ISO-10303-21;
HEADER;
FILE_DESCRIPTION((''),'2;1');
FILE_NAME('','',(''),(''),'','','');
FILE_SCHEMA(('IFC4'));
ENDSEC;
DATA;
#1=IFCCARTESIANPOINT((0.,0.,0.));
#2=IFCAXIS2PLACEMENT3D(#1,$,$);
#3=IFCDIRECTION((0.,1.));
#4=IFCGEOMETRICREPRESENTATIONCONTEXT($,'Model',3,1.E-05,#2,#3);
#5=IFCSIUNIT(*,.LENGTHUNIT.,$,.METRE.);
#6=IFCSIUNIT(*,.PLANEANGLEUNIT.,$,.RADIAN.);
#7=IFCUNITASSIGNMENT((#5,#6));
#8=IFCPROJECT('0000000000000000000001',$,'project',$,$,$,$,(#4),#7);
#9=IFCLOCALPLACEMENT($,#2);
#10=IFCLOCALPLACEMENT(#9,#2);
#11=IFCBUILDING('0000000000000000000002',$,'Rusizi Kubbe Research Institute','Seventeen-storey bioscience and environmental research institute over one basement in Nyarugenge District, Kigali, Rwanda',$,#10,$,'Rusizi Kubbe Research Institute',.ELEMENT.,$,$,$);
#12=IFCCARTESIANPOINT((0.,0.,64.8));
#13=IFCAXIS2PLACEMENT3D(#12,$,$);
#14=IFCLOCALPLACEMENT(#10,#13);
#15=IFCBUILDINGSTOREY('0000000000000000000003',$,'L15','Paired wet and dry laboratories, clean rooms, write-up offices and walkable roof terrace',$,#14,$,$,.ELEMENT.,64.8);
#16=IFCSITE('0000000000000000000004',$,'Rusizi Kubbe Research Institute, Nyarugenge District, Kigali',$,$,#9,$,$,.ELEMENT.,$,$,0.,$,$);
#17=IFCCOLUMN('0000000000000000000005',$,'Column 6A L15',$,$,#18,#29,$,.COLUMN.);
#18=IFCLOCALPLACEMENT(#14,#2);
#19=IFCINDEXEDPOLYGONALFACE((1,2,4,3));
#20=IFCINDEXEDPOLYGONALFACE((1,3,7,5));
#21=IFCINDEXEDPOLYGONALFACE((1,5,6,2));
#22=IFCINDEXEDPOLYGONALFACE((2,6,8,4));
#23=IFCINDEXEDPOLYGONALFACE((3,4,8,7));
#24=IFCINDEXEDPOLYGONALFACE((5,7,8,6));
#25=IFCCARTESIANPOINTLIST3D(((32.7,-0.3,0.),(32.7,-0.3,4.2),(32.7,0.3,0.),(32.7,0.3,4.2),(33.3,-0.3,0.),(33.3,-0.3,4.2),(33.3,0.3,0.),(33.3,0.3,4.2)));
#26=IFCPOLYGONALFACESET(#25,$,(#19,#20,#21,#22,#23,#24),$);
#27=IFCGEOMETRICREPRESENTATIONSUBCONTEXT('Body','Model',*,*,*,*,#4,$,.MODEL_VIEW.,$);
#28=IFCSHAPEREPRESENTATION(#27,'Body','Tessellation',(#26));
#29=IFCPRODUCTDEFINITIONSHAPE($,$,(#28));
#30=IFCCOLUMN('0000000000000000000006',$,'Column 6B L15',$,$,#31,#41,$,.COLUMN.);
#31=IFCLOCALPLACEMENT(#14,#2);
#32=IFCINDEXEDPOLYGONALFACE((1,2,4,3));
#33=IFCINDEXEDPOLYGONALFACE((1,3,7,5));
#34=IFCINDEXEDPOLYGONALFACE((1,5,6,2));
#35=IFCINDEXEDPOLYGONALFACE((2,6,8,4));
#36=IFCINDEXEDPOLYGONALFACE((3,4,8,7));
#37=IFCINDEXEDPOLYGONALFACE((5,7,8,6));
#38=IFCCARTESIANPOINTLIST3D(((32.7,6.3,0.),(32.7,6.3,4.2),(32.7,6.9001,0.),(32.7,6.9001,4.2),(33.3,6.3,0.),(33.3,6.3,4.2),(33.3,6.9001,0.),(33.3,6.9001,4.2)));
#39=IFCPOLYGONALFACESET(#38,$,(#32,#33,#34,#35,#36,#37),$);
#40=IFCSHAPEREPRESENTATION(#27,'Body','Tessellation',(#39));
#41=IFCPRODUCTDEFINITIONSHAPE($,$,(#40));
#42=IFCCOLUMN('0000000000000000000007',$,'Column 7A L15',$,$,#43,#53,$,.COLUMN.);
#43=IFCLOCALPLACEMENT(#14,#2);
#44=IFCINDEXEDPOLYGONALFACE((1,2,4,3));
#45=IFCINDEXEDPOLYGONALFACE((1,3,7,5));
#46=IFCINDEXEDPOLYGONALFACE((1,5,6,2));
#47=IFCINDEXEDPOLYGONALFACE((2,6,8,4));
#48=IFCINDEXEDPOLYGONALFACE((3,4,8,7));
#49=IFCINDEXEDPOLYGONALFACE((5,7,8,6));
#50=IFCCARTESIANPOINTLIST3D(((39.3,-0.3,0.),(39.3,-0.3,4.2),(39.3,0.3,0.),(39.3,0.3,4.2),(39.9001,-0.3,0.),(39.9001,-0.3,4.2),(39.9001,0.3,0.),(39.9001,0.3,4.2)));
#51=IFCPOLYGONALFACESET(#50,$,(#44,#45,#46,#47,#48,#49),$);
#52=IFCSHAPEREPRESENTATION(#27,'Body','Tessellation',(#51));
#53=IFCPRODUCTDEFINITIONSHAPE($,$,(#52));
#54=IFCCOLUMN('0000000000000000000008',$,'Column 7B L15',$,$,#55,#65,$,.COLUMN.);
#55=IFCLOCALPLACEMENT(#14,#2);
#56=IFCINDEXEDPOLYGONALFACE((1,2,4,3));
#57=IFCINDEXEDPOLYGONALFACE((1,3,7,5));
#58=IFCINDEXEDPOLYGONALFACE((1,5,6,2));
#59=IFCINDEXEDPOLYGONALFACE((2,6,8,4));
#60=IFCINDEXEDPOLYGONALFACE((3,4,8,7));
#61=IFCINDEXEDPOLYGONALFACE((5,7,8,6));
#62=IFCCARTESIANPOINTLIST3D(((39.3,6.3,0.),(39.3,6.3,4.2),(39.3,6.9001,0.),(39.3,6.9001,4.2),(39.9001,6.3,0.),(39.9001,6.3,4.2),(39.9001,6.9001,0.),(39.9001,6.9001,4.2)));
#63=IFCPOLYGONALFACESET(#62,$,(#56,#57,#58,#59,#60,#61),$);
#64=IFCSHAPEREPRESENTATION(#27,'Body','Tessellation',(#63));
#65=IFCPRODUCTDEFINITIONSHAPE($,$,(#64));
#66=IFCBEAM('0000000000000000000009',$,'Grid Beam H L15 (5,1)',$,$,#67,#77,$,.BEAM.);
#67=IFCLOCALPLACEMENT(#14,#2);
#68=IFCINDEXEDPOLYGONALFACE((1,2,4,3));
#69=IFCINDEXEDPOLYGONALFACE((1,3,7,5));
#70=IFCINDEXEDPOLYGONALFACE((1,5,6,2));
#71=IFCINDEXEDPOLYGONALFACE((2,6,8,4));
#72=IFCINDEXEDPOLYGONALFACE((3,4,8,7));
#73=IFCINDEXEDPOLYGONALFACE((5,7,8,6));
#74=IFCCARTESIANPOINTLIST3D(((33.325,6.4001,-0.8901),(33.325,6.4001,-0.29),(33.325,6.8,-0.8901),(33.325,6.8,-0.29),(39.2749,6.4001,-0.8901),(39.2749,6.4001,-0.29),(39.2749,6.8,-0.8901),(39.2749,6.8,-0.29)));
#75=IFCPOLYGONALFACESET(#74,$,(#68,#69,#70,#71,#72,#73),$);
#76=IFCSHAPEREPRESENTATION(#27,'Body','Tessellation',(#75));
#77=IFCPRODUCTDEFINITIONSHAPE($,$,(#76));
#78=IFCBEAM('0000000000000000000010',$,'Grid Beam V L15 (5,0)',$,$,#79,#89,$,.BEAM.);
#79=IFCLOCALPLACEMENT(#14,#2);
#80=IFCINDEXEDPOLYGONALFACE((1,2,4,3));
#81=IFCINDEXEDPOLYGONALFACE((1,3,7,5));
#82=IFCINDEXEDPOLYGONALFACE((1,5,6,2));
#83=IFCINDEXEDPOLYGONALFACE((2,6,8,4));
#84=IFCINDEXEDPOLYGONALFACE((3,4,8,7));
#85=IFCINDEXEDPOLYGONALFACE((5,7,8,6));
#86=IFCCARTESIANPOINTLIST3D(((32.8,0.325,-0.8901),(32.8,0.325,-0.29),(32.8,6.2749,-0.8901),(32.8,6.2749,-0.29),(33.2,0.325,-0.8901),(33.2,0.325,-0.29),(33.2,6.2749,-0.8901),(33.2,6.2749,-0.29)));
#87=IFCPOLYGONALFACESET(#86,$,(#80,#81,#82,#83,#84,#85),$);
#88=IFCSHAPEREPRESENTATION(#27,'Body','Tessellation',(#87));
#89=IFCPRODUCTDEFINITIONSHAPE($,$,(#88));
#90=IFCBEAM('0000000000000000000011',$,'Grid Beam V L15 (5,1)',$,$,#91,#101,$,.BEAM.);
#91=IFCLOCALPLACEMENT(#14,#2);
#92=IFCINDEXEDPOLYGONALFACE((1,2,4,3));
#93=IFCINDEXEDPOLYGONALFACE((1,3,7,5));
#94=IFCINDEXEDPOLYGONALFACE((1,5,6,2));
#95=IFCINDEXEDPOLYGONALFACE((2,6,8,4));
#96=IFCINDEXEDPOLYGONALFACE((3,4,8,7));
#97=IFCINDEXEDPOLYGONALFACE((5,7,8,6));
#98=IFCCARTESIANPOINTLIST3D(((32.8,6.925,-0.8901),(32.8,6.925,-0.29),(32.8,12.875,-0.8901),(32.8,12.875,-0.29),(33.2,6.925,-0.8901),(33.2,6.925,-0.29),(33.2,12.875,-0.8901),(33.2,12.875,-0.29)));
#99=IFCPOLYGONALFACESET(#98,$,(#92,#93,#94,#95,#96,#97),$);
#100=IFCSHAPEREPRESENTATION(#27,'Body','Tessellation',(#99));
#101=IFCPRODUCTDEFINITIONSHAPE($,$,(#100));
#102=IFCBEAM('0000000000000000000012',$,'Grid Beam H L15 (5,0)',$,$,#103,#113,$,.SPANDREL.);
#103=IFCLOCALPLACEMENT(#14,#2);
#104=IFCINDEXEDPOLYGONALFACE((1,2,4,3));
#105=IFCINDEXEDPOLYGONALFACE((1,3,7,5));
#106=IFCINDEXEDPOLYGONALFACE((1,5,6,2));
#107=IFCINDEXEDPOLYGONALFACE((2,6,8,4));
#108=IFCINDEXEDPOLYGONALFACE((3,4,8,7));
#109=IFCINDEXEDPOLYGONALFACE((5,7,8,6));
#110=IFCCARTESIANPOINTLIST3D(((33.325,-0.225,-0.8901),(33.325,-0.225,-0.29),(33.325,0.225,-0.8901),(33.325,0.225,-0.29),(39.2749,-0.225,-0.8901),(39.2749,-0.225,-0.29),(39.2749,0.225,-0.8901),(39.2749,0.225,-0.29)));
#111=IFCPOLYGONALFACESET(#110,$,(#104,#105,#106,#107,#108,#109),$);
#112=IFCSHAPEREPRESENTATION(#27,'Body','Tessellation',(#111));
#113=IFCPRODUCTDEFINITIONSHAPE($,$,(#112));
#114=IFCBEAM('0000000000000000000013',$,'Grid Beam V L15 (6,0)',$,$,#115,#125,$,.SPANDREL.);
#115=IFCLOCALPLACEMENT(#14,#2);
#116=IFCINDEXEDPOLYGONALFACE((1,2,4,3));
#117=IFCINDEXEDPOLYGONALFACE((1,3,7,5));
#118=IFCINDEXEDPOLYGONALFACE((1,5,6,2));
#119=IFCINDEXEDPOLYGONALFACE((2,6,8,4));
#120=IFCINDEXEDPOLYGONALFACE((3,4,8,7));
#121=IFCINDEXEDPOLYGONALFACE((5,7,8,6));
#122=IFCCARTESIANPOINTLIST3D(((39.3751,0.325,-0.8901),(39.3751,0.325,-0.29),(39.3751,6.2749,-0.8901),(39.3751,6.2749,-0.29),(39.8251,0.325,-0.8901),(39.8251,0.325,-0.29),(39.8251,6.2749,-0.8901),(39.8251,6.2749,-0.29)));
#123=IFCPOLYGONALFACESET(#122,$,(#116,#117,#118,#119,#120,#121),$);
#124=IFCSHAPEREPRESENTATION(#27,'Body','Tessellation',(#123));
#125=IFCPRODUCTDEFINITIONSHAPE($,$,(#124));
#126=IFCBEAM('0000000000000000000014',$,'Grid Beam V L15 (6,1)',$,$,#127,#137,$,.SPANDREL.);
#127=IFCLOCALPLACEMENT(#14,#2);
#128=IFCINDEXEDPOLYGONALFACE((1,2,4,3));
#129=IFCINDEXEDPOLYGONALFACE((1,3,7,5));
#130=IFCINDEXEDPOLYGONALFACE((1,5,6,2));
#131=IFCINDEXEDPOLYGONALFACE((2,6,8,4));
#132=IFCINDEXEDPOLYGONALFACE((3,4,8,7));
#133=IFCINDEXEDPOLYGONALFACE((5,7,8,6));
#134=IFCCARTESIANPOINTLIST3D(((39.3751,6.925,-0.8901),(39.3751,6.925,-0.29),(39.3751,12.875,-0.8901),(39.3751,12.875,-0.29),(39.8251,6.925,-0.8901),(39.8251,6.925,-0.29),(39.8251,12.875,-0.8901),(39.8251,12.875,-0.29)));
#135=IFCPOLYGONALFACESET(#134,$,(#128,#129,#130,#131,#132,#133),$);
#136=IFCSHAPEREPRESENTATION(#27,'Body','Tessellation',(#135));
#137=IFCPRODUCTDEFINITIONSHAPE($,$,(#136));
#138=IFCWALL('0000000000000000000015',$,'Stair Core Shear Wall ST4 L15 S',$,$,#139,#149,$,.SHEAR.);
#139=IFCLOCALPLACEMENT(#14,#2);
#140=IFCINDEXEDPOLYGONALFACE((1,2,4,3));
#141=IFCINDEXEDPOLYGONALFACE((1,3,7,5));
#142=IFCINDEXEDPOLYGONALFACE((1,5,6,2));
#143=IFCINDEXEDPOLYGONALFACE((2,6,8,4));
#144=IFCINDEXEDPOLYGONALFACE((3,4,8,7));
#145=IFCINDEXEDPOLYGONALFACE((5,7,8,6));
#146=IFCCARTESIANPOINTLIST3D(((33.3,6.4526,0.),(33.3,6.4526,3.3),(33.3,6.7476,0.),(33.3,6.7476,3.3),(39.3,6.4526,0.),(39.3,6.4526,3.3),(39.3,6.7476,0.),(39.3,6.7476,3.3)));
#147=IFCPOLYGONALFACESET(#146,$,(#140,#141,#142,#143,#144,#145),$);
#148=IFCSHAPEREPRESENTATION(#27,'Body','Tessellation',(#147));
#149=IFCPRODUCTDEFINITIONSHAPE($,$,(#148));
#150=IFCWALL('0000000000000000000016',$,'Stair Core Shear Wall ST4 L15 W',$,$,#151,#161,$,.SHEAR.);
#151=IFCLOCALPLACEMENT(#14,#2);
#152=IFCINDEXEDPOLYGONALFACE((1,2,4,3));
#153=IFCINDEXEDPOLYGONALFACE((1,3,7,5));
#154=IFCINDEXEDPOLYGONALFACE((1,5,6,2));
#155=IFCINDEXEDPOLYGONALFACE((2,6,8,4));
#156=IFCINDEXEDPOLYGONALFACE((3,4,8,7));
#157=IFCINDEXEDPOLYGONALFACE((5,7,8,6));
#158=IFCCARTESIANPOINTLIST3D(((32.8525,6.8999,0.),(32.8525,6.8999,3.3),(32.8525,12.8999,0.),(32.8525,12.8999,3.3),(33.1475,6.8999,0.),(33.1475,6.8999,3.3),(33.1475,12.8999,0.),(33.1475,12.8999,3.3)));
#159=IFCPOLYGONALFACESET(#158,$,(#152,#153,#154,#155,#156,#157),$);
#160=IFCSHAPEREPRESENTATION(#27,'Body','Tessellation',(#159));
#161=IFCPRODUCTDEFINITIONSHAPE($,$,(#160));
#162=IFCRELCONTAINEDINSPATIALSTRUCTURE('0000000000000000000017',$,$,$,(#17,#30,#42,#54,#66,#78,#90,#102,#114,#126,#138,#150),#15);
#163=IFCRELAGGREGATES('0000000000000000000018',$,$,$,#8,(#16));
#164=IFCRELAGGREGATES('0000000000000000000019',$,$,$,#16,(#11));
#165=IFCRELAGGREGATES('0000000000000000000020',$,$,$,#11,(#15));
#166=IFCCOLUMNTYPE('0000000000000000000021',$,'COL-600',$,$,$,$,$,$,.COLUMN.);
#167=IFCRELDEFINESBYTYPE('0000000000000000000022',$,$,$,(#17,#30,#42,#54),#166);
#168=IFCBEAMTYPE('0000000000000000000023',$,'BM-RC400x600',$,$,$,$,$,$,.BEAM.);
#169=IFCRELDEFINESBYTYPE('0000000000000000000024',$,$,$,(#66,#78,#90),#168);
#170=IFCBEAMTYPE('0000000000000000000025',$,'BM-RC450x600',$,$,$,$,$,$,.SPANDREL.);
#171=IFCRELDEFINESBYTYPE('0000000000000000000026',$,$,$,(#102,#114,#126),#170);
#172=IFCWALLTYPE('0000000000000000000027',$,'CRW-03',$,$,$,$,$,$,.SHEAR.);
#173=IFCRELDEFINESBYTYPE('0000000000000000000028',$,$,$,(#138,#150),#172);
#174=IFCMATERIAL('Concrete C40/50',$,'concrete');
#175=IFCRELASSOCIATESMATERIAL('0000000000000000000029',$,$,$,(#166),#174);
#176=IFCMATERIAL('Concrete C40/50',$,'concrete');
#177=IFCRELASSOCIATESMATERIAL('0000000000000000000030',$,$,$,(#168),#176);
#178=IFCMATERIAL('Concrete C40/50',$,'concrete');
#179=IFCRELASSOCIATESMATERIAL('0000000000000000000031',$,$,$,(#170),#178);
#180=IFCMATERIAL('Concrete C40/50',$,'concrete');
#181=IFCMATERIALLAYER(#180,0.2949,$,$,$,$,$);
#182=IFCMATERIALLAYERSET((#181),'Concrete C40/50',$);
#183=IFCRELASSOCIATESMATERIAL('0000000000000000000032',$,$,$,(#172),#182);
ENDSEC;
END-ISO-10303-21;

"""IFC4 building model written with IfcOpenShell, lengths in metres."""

from ifc_helpers import new_model, si_unit, direction, frame, frame_2d, origin, origin_2d, place, context, subcontext, project, spatial, rectangle, extrude, material, layer, layer_set, material_profile, profile_set, type_object, element, save


model = new_model("IFC4")

# Units and contexts
model_context = context("Model", 3, precision=1e-05, world=origin(), true_north=direction((0.0, 1.0)))
body_context = subcontext(model_context, "Body", "Model", "MODEL_VIEW")
ifc_project = project(units=[si_unit("LENGTHUNIT", "METRE"), si_unit("PLANEANGLEUNIT", "RADIAN")], contexts=[model_context])

# Site, building, storey
site_placement = place(None, origin())
site = spatial("IfcSite", under=ifc_project, at=site_placement, Name="Rusizi Kubbe Research Institute, Nyarugenge District, Kigali", CompositionType="ELEMENT", RefElevation=0.0)
building_placement = place(site_placement, origin())
building = spatial("IfcBuilding", under=site, at=building_placement, Name="Rusizi Kubbe Research Institute", Description="Seventeen-storey bioscience and environmental research institute over one basement in Nyarugenge District, Kigali, Rwanda", LongName="Rusizi Kubbe Research Institute", CompositionType="ELEMENT")
storey_placement = place(building_placement, frame((0.0, 0.0, 64.8)))
storey = spatial("IfcBuildingStorey", under=building, at=storey_placement, Name="L15", Description="Paired wet and dry laboratories, clean rooms, write-up offices and walkable roof terrace", CompositionType="ELEMENT", Elevation=64.8)

# Columns
ifc_material_1 = material(Name="Concrete C40/50", Category="concrete")
ifc_material_profile_1 = material_profile(ifc_material_1, rectangle(XDim=0.6001, YDim=0.6001, at=origin_2d()), Name="RC600x600")
ifc_profile_set_1 = profile_set([ifc_material_profile_1], Name="Concrete C40/50")
column_type = type_object("IfcColumnType", Name="COL-600", PredefinedType="COLUMN", material=ifc_profile_set_1)
for number, where, z_axis, x_axis, name in (
    (1, (33.0, 0.0, 0.0), (0.0, 0.0, 1.0), (1.0, 0.0, 0.0), "Column 6A L15"),
    (2, (33.0, 6.6001, 0.0), (0.0, 0.0, 1.0), (1.0, 0.0, 0.0), "Column 6B L15"),
    (3, (39.6001, 0.0, 0.0), (0.0, 0.0, 1.0), (1.0, 0.0, 0.0), "Column 7A L15"),
    (4, (39.6001, 6.6001, 0.0), (0.0, 0.0, 1.0), (1.0, 0.0, 0.0), "Column 7B L15"),
):
    element("IfcColumn", number, at=place(storey_placement, frame(where, z_axis=z_axis, x_axis=x_axis)), inside=storey, type_object=column_type, Name=name, PredefinedType="COLUMN", context=body_context, shape_type="SweptSolid", body=[
        extrude(rectangle(XDim=0.6001, YDim=0.6001, at=origin_2d()), origin(), (0.0, 0.0, 1.0), 4.2),
    ])

# Beams
ifc_material_2 = material(Name="Concrete C40/50", Category="concrete")
ifc_material_profile_2 = material_profile(ifc_material_2, rectangle(XDim=0.3999, YDim=0.6001, at=origin_2d()), Name="RC400x600")
ifc_profile_set_2 = profile_set([ifc_material_profile_2], Name="Concrete C40/50")
beam_type_1 = type_object("IfcBeamType", Name="BM-RC400x600", PredefinedType="BEAM", material=ifc_profile_set_2)
for number, where, z_axis, x_axis, name in (
    (5, (33.325, 6.6001, -0.5901), (1.0, 0.0, 0.0), (0.0, 1.0, 0.0), "Grid Beam H L15 (5,1)"),
    (6, (33.0, 0.325, -0.5901), (0.0, 1.0, 0.0), (-1.0, 0.0, 0.0), "Grid Beam V L15 (5,0)"),
    (7, (33.0, 6.925, -0.5901), (0.0, 1.0, 0.0), (-1.0, 0.0, 0.0), "Grid Beam V L15 (5,1)"),
):
    element("IfcBeam", number, at=place(storey_placement, frame(where, z_axis=z_axis, x_axis=x_axis)), inside=storey, type_object=beam_type_1, Name=name, PredefinedType="BEAM", context=body_context, shape_type="SweptSolid", body=[
        extrude(rectangle(XDim=0.3999, YDim=0.6001, at=origin_2d()), origin(), (0.0, 0.0, 1.0), 5.95),
    ])
ifc_material_3 = material(Name="Concrete C40/50", Category="concrete")
ifc_material_profile_3 = material_profile(ifc_material_3, rectangle(XDim=0.45, YDim=0.6001, at=origin_2d()), Name="RC450x600")
ifc_profile_set_3 = profile_set([ifc_material_profile_3], Name="Concrete C40/50")
beam_type_2 = type_object("IfcBeamType", Name="BM-RC450x600", PredefinedType="SPANDREL", material=ifc_profile_set_3)
for number, where, z_axis, x_axis, name in (
    (8, (33.325, 0.0, -0.5901), (1.0, 0.0, 0.0), (0.0, 1.0, 0.0), "Grid Beam H L15 (5,0)"),
    (9, (39.6001, 0.325, -0.5901), (0.0, 1.0, 0.0), (-1.0, 0.0, 0.0), "Grid Beam V L15 (6,0)"),
    (10, (39.6001, 6.925, -0.5901), (0.0, 1.0, 0.0), (-1.0, 0.0, 0.0), "Grid Beam V L15 (6,1)"),
):
    element("IfcBeam", number, at=place(storey_placement, frame(where, z_axis=z_axis, x_axis=x_axis)), inside=storey, type_object=beam_type_2, Name=name, PredefinedType="SPANDREL", context=body_context, shape_type="SweptSolid", body=[
        extrude(rectangle(XDim=0.45, YDim=0.6001, at=origin_2d()), origin(), (0.0, 0.0, 1.0), 5.95),
    ])

# Walls
ifc_material_4 = material(Name="Concrete C40/50", Category="concrete")
ifc_layer_1 = layer(ifc_material_4, 0.2949)
ifc_layer_set_1 = layer_set([ifc_layer_1], Name="Concrete C40/50")
wall_type_1 = type_object("IfcWallType", Name="CRW-03", PredefinedType="SHEAR", material=ifc_layer_set_1)
for number, where, z_axis, x_axis, name in (
    (11, (33.3, 6.6001, 0.0), (0.0, 0.0, 1.0), (1.0, 0.0, 0.0), "Stair Core Shear Wall ST4 L15 S"),
    (12, (33.0, 6.8999, 0.0), (0.0, 0.0, 1.0), (0.0, 1.0, 0.0), "Stair Core Shear Wall ST4 L15 W"),
):
    element("IfcWall", number, at=place(storey_placement, frame(where, z_axis=z_axis, x_axis=x_axis)), inside=storey, type_object=wall_type_1, Name=name, PredefinedType="SHEAR", context=body_context, shape_type="SweptSolid", body=[
        extrude(rectangle(XDim=6.0, YDim=0.2949, at=frame_2d((3.0, 0.0))), origin(), (0.0, 0.0, 1.0), 3.3),
    ])

save(model, "model.ifc")
